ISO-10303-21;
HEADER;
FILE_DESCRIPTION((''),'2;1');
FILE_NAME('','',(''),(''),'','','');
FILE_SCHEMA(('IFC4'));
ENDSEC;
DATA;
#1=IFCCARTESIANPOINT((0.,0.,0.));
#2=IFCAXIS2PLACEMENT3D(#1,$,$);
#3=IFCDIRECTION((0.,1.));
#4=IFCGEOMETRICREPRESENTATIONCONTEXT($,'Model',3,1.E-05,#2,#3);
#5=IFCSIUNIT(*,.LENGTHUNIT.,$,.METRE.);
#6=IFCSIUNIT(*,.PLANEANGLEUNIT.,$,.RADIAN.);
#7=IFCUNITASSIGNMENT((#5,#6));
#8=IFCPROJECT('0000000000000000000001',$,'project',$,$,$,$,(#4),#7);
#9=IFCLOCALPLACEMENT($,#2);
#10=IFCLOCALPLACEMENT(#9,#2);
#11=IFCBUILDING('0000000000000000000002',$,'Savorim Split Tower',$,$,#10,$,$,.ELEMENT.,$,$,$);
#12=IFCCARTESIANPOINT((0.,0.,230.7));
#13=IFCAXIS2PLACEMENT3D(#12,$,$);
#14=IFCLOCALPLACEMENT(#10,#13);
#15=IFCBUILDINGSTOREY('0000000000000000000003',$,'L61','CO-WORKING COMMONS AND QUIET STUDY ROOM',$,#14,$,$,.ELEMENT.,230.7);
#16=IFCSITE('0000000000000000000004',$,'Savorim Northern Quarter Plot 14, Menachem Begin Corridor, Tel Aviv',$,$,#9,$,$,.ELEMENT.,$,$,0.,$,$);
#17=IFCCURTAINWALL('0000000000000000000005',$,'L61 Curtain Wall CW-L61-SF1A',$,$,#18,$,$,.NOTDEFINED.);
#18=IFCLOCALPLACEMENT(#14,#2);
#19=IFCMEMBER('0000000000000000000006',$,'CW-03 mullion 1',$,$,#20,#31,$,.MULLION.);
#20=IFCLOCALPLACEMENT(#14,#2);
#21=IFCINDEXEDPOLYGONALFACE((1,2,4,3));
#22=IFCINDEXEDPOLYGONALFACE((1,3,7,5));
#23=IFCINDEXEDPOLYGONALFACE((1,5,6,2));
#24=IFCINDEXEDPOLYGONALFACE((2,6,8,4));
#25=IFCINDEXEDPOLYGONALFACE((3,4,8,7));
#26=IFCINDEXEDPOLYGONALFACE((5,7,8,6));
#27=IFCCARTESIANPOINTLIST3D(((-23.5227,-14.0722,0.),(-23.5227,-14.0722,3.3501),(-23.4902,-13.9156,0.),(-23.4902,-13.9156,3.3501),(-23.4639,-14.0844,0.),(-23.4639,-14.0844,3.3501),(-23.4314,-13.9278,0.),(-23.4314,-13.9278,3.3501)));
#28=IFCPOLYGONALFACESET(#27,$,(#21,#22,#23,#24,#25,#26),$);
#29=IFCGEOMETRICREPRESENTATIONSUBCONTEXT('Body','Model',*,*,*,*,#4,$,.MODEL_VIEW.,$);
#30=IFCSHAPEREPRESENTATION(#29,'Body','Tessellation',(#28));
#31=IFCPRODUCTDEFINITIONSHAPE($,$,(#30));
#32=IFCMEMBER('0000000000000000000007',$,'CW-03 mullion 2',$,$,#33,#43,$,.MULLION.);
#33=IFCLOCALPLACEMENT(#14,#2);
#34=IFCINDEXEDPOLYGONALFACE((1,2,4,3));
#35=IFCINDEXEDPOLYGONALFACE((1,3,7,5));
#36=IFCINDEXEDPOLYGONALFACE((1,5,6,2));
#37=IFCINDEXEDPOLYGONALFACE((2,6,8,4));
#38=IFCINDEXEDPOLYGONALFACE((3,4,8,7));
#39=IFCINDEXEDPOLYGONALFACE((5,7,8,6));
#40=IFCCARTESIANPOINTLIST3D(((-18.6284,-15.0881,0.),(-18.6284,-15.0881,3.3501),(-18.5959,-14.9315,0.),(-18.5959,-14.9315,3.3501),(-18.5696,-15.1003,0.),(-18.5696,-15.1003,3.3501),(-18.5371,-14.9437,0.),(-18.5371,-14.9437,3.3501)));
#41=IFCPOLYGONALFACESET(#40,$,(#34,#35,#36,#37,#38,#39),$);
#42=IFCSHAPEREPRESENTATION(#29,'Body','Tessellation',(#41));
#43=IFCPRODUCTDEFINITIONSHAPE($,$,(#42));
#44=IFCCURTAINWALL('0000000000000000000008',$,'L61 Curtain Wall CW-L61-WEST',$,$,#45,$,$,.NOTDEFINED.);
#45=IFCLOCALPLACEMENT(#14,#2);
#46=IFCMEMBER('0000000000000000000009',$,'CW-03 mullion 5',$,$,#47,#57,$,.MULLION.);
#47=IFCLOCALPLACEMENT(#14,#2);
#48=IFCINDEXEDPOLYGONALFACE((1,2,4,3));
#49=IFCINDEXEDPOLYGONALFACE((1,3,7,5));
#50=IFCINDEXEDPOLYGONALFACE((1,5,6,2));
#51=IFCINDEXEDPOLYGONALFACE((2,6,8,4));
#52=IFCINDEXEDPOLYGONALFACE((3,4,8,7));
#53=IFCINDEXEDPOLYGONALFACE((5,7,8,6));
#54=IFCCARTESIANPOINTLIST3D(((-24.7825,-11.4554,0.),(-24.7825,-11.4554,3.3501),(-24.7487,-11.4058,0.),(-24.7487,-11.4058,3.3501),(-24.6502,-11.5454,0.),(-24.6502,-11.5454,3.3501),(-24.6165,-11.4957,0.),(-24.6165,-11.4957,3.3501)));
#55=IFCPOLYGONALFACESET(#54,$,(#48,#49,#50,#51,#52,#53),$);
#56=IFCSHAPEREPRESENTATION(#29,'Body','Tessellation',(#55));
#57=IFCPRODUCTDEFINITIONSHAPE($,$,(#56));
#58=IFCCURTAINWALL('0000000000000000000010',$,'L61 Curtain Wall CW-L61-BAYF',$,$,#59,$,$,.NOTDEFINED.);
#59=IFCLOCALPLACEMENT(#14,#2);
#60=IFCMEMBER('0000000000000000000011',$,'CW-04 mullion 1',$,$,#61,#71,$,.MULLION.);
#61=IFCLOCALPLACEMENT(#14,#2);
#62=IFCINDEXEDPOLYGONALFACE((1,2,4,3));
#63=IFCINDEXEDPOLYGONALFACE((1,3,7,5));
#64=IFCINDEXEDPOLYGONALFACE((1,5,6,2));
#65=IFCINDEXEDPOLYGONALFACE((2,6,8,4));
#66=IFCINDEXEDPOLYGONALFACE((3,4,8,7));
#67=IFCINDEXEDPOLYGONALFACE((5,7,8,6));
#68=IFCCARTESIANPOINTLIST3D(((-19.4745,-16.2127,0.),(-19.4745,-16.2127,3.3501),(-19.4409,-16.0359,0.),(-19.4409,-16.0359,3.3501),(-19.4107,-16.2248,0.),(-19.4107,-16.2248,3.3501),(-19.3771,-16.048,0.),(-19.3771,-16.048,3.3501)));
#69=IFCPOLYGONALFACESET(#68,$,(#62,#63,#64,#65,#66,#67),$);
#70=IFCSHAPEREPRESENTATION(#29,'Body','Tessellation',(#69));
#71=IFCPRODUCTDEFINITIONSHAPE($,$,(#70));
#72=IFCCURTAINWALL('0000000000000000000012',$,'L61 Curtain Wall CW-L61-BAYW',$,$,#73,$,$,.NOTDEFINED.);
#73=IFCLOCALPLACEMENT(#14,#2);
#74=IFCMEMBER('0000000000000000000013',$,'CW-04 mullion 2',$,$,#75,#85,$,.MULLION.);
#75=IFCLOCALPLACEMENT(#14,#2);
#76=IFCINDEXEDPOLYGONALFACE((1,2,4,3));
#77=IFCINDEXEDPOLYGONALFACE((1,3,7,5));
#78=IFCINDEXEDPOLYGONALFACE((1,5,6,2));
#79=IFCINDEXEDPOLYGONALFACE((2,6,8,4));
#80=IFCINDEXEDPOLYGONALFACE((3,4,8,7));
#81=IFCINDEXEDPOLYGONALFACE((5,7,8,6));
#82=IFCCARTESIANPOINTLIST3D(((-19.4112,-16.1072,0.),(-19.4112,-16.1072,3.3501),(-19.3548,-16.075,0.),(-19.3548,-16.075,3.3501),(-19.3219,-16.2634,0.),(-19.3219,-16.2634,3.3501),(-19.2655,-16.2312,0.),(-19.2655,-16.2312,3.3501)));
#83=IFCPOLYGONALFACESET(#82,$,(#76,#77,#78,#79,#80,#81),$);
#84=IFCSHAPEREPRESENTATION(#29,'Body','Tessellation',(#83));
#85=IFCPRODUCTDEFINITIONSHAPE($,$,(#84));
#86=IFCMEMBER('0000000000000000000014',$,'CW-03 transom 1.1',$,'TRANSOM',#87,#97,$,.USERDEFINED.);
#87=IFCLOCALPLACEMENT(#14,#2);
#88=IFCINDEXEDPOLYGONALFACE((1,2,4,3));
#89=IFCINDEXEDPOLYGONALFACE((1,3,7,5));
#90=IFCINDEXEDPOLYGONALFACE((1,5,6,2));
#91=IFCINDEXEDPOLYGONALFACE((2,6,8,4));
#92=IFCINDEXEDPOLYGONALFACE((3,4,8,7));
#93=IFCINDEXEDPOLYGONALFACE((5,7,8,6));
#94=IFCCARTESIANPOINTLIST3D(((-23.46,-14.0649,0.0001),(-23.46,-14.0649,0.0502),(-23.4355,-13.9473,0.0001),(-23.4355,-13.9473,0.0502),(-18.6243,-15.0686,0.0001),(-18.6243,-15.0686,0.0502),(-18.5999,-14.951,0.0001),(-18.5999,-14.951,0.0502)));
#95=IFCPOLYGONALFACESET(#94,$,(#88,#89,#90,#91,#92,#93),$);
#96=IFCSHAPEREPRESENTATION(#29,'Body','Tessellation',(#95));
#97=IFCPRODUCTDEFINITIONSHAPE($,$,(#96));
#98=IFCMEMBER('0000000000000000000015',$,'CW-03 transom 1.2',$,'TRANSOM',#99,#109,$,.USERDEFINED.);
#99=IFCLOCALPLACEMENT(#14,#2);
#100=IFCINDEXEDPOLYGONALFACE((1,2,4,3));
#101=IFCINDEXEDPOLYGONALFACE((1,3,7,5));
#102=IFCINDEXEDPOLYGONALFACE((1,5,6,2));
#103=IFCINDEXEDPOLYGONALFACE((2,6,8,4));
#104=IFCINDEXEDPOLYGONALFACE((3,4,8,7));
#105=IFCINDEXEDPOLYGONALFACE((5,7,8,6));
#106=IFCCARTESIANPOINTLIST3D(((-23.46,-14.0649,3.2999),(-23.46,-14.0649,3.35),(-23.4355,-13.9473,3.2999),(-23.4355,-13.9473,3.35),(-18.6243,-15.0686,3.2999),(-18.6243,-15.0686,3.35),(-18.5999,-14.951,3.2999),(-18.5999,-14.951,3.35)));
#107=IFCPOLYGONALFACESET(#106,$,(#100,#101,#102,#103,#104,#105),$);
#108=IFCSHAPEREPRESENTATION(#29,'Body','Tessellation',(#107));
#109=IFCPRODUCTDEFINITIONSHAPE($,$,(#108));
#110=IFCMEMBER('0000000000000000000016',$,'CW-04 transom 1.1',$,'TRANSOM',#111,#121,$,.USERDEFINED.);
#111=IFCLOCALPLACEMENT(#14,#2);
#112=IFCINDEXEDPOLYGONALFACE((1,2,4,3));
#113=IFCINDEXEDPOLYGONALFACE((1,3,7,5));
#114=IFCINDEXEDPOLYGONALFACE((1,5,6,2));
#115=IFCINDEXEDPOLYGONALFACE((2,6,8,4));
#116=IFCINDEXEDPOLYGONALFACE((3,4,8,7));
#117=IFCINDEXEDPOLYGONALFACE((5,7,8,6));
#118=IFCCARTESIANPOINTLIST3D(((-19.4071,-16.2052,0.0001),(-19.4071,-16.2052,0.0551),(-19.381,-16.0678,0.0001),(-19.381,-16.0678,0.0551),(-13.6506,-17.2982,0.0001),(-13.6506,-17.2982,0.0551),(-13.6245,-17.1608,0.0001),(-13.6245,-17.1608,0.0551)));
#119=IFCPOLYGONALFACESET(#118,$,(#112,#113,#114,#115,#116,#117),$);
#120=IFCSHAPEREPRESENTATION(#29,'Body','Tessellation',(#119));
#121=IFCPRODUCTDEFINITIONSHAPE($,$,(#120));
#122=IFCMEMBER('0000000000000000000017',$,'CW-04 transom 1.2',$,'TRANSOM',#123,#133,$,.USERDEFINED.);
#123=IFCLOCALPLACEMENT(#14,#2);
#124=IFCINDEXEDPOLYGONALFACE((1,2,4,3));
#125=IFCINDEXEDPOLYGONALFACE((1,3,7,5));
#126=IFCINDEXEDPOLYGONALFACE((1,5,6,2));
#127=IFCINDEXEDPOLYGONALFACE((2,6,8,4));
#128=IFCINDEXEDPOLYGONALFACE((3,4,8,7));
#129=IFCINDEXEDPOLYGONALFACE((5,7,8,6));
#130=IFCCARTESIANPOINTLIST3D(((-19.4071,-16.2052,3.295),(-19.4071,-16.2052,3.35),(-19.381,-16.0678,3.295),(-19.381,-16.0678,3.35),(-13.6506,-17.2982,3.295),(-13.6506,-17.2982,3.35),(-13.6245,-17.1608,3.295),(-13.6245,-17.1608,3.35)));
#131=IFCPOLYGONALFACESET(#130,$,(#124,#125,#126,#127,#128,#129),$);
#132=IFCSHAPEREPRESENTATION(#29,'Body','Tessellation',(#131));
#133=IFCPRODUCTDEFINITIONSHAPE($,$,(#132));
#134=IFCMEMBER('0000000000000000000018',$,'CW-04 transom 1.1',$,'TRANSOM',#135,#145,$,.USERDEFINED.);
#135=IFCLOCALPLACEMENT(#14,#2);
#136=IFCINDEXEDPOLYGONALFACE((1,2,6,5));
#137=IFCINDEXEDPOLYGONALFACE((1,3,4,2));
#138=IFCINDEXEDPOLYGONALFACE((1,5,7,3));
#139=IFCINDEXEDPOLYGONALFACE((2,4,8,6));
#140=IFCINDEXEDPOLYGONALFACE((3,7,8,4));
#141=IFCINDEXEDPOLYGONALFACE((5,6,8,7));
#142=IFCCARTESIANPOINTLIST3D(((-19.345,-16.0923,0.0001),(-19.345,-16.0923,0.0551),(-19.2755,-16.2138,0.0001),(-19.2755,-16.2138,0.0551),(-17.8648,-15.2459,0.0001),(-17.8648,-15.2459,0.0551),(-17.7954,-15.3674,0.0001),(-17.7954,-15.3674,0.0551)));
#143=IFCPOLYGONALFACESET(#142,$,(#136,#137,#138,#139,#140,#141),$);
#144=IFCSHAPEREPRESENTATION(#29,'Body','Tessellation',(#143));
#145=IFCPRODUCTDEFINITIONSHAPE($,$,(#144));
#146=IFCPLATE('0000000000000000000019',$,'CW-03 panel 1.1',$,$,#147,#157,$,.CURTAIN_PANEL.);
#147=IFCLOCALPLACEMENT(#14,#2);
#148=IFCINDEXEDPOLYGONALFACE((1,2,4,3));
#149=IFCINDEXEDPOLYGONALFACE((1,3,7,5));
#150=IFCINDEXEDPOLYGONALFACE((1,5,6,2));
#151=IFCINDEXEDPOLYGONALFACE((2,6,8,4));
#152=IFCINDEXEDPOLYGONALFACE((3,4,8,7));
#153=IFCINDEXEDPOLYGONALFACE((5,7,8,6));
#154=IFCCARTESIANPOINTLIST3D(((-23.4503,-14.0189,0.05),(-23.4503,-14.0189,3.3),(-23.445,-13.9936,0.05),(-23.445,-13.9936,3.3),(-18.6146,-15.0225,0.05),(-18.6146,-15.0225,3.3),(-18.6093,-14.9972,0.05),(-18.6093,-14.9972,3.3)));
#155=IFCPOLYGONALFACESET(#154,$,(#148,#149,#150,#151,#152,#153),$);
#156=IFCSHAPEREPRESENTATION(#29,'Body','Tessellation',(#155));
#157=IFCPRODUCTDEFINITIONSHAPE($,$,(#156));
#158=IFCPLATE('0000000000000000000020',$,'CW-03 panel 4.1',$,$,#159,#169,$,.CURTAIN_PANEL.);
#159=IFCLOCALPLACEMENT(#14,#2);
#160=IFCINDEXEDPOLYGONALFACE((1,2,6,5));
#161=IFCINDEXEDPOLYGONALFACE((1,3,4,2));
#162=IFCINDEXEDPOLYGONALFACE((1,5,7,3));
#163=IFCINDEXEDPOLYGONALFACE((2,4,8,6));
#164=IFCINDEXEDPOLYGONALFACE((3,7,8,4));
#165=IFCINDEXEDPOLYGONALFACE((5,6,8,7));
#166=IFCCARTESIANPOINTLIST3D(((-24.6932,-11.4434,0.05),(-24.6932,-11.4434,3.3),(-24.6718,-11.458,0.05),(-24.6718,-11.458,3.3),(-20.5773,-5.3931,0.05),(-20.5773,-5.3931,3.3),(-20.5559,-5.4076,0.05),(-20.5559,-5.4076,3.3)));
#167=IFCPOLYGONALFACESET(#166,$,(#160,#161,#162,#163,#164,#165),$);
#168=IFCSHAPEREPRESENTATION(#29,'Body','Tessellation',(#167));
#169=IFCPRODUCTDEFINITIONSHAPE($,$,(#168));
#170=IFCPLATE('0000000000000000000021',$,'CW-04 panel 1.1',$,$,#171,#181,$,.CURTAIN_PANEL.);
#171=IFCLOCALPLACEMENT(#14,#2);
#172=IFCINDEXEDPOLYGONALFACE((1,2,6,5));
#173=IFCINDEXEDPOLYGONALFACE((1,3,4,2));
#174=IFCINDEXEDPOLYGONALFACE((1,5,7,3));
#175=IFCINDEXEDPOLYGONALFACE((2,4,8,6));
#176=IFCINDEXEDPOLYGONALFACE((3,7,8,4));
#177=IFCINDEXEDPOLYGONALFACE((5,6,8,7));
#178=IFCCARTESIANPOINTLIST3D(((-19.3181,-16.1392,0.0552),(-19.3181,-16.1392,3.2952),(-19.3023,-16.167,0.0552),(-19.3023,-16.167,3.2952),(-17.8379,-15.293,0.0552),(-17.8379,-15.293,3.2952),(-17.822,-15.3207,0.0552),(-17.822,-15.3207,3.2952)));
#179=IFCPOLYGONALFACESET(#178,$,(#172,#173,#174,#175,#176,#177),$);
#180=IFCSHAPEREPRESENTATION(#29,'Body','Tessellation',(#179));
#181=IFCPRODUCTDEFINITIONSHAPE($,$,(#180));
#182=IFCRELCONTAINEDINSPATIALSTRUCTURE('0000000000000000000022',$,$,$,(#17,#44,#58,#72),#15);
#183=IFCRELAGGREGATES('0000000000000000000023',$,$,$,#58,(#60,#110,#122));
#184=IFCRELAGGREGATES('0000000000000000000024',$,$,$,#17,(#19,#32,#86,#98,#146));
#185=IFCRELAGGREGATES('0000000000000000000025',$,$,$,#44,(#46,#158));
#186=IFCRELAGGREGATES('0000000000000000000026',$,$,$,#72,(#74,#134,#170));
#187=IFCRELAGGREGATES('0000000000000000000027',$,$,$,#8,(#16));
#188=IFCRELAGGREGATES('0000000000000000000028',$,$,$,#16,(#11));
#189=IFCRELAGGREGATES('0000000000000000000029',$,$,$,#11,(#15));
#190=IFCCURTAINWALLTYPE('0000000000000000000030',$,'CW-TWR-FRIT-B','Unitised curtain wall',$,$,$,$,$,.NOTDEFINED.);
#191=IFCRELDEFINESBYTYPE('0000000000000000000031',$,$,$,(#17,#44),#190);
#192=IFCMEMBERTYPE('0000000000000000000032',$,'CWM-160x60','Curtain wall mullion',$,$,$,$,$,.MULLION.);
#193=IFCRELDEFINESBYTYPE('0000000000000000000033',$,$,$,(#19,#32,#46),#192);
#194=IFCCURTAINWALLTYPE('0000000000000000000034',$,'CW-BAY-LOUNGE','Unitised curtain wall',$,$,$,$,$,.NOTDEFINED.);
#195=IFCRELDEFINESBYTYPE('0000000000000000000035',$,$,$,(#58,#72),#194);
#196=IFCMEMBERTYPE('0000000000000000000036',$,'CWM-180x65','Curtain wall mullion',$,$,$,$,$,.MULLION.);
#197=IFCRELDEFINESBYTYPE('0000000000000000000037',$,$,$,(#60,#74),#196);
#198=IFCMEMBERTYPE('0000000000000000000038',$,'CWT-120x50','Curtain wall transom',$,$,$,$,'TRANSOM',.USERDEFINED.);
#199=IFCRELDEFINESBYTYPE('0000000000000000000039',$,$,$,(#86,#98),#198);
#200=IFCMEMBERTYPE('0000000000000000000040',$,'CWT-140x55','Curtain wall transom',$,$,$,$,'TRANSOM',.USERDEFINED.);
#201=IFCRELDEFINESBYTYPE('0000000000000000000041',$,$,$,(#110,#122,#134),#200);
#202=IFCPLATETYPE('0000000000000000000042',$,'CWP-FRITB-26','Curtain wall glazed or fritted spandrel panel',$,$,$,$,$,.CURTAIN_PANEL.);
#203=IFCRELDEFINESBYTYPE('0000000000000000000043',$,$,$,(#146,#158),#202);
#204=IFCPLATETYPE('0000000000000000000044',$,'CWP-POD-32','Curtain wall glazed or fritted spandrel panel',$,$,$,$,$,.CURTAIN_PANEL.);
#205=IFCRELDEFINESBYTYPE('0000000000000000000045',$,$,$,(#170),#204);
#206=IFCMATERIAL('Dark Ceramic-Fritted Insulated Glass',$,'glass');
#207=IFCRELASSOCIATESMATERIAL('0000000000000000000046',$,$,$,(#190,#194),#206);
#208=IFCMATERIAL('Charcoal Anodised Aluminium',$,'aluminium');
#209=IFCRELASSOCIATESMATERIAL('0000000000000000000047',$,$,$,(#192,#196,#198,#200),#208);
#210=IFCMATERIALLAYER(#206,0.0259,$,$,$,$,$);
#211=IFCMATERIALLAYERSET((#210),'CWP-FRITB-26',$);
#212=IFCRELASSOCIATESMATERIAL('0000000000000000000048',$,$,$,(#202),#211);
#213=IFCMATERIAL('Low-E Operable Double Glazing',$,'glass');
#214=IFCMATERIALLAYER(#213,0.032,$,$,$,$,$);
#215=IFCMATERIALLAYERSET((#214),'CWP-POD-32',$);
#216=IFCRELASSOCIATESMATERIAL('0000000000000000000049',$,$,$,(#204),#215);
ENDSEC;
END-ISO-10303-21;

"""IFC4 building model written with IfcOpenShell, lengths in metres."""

from ifc_helpers import new_model, si_unit, direction, frame, origin, origin_2d, place, context, subcontext, project, spatial, rectangle, extrude, material, layer, layer_set, material_profile, profile_set, type_object, element, aggregate, save


model = new_model("IFC4")

# Units and contexts
model_context = context("Model", 3, precision=1e-05, world=origin(), true_north=direction((0.0, 1.0)))
body_context = subcontext(model_context, "Body", "Model", "MODEL_VIEW")
ifc_project = project(units=[si_unit("LENGTHUNIT", "METRE"), si_unit("PLANEANGLEUNIT", "RADIAN")], contexts=[model_context])

# Site, building, storey
site_placement = place(None, origin())
site = spatial("IfcSite", under=ifc_project, at=site_placement, Name="Savorim Northern Quarter Plot 14, Menachem Begin Corridor, Tel Aviv", CompositionType="ELEMENT", RefElevation=0.0)
building_placement = place(site_placement, origin())
building = spatial("IfcBuilding", under=site, at=building_placement, Name="Savorim Split Tower", CompositionType="ELEMENT")
storey_placement = place(building_placement, frame((0.0, 0.0, 230.7)))
storey = spatial("IfcBuildingStorey", under=building, at=storey_placement, Name="L61", Description="CO-WORKING COMMONS AND QUIET STUDY ROOM", CompositionType="ELEMENT", Elevation=230.7)

# Curtain wall, members
ifc_material_1 = material(Name="Dark Ceramic-Fritted Insulated Glass", Category="glass")
curtain_wall_type_1 = type_object("IfcCurtainWallType", Name="CW-TWR-FRIT-B", Description="Unitised curtain wall", PredefinedType="NOTDEFINED", material=ifc_material_1)
curtain_wall_1_placement = place(storey_placement, origin())
curtain_wall_1 = element("IfcCurtainWall", 1, at=curtain_wall_1_placement, inside=storey, type_object=curtain_wall_type_1, Name="L61 Curtain Wall CW-L61-SF1A", PredefinedType="NOTDEFINED")
ifc_material_2 = material(Name="Charcoal Anodised Aluminium", Category="aluminium")
ifc_material_profile_1 = material_profile(ifc_material_2, rectangle(XDim=0.1599, YDim=0.0601, at=origin_2d()), Name="ALU-M 160x60")
ifc_profile_set_1 = profile_set([ifc_material_profile_1], Name="Charcoal Anodised Aluminium")
member_type_1 = type_object("IfcMemberType", Name="CWM-160x60", Description="Curtain wall mullion", PredefinedType="MULLION", material=ifc_profile_set_1)
member_1_placement = place(storey_placement, frame((-23.4771, -14.0, 0.0), z_axis=(0.0, 0.0, 1.0), x_axis=(0.203212, 0.979135, 0.0)))
member_1 = element("IfcMember", 2, at=member_1_placement, type_object=member_type_1, Name="CW-03 mullion 1", PredefinedType="MULLION", context=body_context, shape_type="SweptSolid", body=[
    extrude(rectangle(XDim=0.1599, YDim=0.0601, at=origin_2d()), origin(), (0.0, 0.0, 1.0), 3.3501),
])
member_2_placement = place(storey_placement, frame((-18.5828, -15.0159, 0.0), z_axis=(0.0, 0.0, 1.0), x_axis=(0.203212, 0.979135, 0.0)))
member_2 = element("IfcMember", 3, at=member_2_placement, type_object=member_type_1, Name="CW-03 mullion 2", PredefinedType="MULLION", context=body_context, shape_type="SweptSolid", body=[
    extrude(rectangle(XDim=0.1599, YDim=0.0601, at=origin_2d()), origin(), (0.0, 0.0, 1.0), 3.3501),
])

# Curtain walls, members
curtain_wall_2_placement = place(storey_placement, origin())
curtain_wall_2 = element("IfcCurtainWall", 4, at=curtain_wall_2_placement, inside=storey, type_object=curtain_wall_type_1, Name="L61 Curtain Wall CW-L61-WEST", PredefinedType="NOTDEFINED")
member_3_placement = place(storey_placement, frame((-24.6995, -11.4756, 0.0), z_axis=(0.0, 0.0, 1.0), x_axis=(0.82682, -0.562467, 0.0)))
member_3 = element("IfcMember", 5, at=member_3_placement, type_object=member_type_1, Name="CW-03 mullion 5", PredefinedType="MULLION", context=body_context, shape_type="SweptSolid", body=[
    extrude(rectangle(XDim=0.1599, YDim=0.0601, at=origin_2d()), origin(), (0.0, 0.0, 1.0), 3.3501),
])
curtain_wall_type_2 = type_object("IfcCurtainWallType", Name="CW-BAY-LOUNGE", Description="Unitised curtain wall", PredefinedType="NOTDEFINED", material=ifc_material_1)
curtain_wall_3_placement = place(storey_placement, origin())
curtain_wall_3 = element("IfcCurtainWall", 6, at=curtain_wall_3_placement, inside=storey, type_object=curtain_wall_type_2, Name="L61 Curtain Wall CW-L61-BAYF", PredefinedType="NOTDEFINED")
ifc_material_profile_2 = material_profile(ifc_material_2, rectangle(XDim=0.1799, YDim=0.0649, at=origin_2d()), Name="ALU-M 180x65")
ifc_profile_set_2 = profile_set([ifc_material_profile_2], Name="Charcoal Anodised Aluminium")
member_type_2 = type_object("IfcMemberType", Name="CWM-180x65", Description="Curtain wall mullion", PredefinedType="MULLION", material=ifc_profile_set_2)
member_4_placement = place(storey_placement, frame((-19.4258, -16.1304, 0.0), z_axis=(0.0, 0.0, 1.0), x_axis=(0.186567, 0.982442, 0.0)))
member_4 = element("IfcMember", 7, at=member_4_placement, type_object=member_type_2, Name="CW-04 mullion 1", PredefinedType="MULLION", context=body_context, shape_type="SweptSolid", body=[
    extrude(rectangle(XDim=0.1799, YDim=0.0649, at=origin_2d()), origin(), (0.0, 0.0, 1.0), 3.3501),
])
curtain_wall_4_placement = place(storey_placement, origin())
curtain_wall_4 = element("IfcCurtainWall", 8, at=curtain_wall_4_placement, inside=storey, type_object=curtain_wall_type_2, Name="L61 Curtain Wall CW-L61-BAYW", PredefinedType="NOTDEFINED")
member_5_placement = place(storey_placement, frame((-19.3384, -16.1692, 0.0), z_axis=(0.0, 0.0, 1.0), x_axis=(0.496327, -0.868136, 0.0)))
member_5 = element("IfcMember", 9, at=member_5_placement, type_object=member_type_2, Name="CW-04 mullion 2", PredefinedType="MULLION", context=body_context, shape_type="SweptSolid", body=[
    extrude(rectangle(XDim=0.1799, YDim=0.0649, at=origin_2d()), origin(), (0.0, 0.0, 1.0), 3.3501),
])

# Members
ifc_material_profile_3 = material_profile(ifc_material_2, rectangle(XDim=0.1201, YDim=0.05, at=origin_2d()), Name="ALU-T 120x50")
ifc_profile_set_3 = profile_set([ifc_material_profile_3], Name="Charcoal Anodised Aluminium")
member_type_3 = type_object("IfcMemberType", Name="CWT-120x50", Description="Curtain wall transom", ElementType="TRANSOM", PredefinedType="USERDEFINED", material=ifc_profile_set_3)
member_6_placement = place(storey_placement, frame((-23.4478, -14.0061, 0.0251), z_axis=(0.979133, -0.203222, 0.0), x_axis=(0.203222, 0.979133, 0.0)))
member_6 = element("IfcMember", 10, at=member_6_placement, type_object=member_type_3, Name="CW-03 transom 1.1", ObjectType="TRANSOM", PredefinedType="USERDEFINED", context=body_context, shape_type="SweptSolid", body=[
    extrude(rectangle(XDim=0.1201, YDim=0.05, at=origin_2d()), origin(), (0.0, 0.0, 1.0), 4.9387),
])
member_7_placement = place(storey_placement, frame((-23.4478, -14.0061, 3.325), z_axis=(0.979133, -0.203222, 0.0), x_axis=(0.203222, 0.979133, 0.0)))
member_7 = element("IfcMember", 11, at=member_7_placement, type_object=member_type_3, Name="CW-03 transom 1.2", ObjectType="TRANSOM", PredefinedType="USERDEFINED", context=body_context, shape_type="SweptSolid", body=[
    extrude(rectangle(XDim=0.1201, YDim=0.05, at=origin_2d()), origin(), (0.0, 0.0, 1.0), 4.9387),
])
ifc_material_profile_4 = material_profile(ifc_material_2, rectangle(XDim=0.1399, YDim=0.0549, at=origin_2d()), Name="ALU-T 140x55")
ifc_profile_set_4 = profile_set([ifc_material_profile_4], Name="Charcoal Anodised Aluminium")
member_type_4 = type_object("IfcMemberType", Name="CWT-140x55", Description="Curtain wall transom", ElementType="TRANSOM", PredefinedType="USERDEFINED", material=ifc_profile_set_4)
member_8_placement = place(storey_placement, frame((-19.394, -16.1365, 0.0276), z_axis=(0.982447, -0.18654, 0.0), x_axis=(0.18654, 0.982447, 0.0)))
member_8 = element("IfcMember", 12, at=member_8_placement, type_object=member_type_4, Name="CW-04 transom 1.1", ObjectType="TRANSOM", PredefinedType="USERDEFINED", context=body_context, shape_type="SweptSolid", body=[
    extrude(rectangle(XDim=0.1399, YDim=0.0549, at=origin_2d()), origin(), (0.0, 0.0, 1.0), 5.8594),
])
member_9_placement = place(storey_placement, frame((-19.394, -16.1365, 3.3225), z_axis=(0.982447, -0.18654, 0.0), x_axis=(0.18654, 0.982447, 0.0)))
member_9 = element("IfcMember", 13, at=member_9_placement, type_object=member_type_4, Name="CW-04 transom 1.2", ObjectType="TRANSOM", PredefinedType="USERDEFINED", context=body_context, shape_type="SweptSolid", body=[
    extrude(rectangle(XDim=0.1399, YDim=0.0549, at=origin_2d()), origin(), (0.0, 0.0, 1.0), 5.8594),
])
aggregate(curtain_wall_3, [member_4, member_8, member_9])
member_10_placement = place(storey_placement, frame((-17.8301, -15.3066, 0.0276), z_axis=(-0.868093, -0.496401, 0.0), x_axis=(0.496401, -0.868093, 0.0)))
member_10 = element("IfcMember", 14, at=member_10_placement, type_object=member_type_4, Name="CW-04 transom 1.1", ObjectType="TRANSOM", PredefinedType="USERDEFINED", context=body_context, shape_type="SweptSolid", body=[
    extrude(rectangle(XDim=0.1399, YDim=0.0549, at=origin_2d()), origin(), (0.0, 0.0, 1.0), 1.7051),
])

# Plates
ifc_layer_1 = layer(ifc_material_1, 0.0259)
ifc_layer_set_1 = layer_set([ifc_layer_1], Name="CWP-FRITB-26")
plate_type_1 = type_object("IfcPlateType", Name="CWP-FRITB-26", Description="Curtain wall glazed or fritted spandrel panel", PredefinedType="CURTAIN_PANEL", material=ifc_layer_set_1)
plate_1_placement = place(storey_placement, frame((-21.0298, -14.5081, 0.05), z_axis=(0.0, 0.0, 1.0), x_axis=(0.979135, -0.203212, 0.0)))
plate_1 = element("IfcPlate", 15, at=plate_1_placement, type_object=plate_type_1, Name="CW-03 panel 1.1", PredefinedType="CURTAIN_PANEL", context=body_context, shape_type="SweptSolid", body=[
    extrude(rectangle(XDim=4.9387, YDim=0.0259, at=origin_2d()), origin(), (0.0, 0.0, 1.0), 3.25),
])
aggregate(curtain_wall_1, [member_1, member_2, member_6, member_7, plate_1])
plate_2_placement = place(storey_placement, frame((-22.6245, -8.4255, 0.05), z_axis=(0.0, 0.0, 1.0), x_axis=(-0.562467, -0.82682, 0.0)))
plate_2 = element("IfcPlate", 16, at=plate_2_placement, type_object=plate_type_1, Name="CW-03 panel 4.1", PredefinedType="CURTAIN_PANEL", context=body_context, shape_type="SweptSolid", body=[
    extrude(rectangle(XDim=7.3176, YDim=0.0259, at=origin_2d()), origin(), (0.0, 0.0, 1.0), 3.25),
])
aggregate(curtain_wall_2, [member_3, plate_2])
ifc_material_3 = material(Name="Low-E Operable Double Glazing", Category="glass")
ifc_layer_2 = layer(ifc_material_3, 0.032)
ifc_layer_set_2 = layer_set([ifc_layer_2], Name="CWP-POD-32")
plate_type_2 = type_object("IfcPlateType", Name="CWP-POD-32", Description="Curtain wall glazed or fritted spandrel panel", PredefinedType="CURTAIN_PANEL", material=ifc_layer_set_2)
plate_3_placement = place(storey_placement, frame((-18.5701, -15.73, 0.0552), z_axis=(0.0, 0.0, 1.0), x_axis=(-0.868136, -0.496327, 0.0)))
plate_3 = element("IfcPlate", 17, at=plate_3_placement, type_object=plate_type_2, Name="CW-04 panel 1.1", PredefinedType="CURTAIN_PANEL", context=body_context, shape_type="SweptSolid", body=[
    extrude(rectangle(XDim=1.7051, YDim=0.032, at=origin_2d()), origin(), (0.0, 0.0, 1.0), 3.24),
])
aggregate(curtain_wall_4, [member_5, member_10, plate_3])

save(model, "model.ifc")
